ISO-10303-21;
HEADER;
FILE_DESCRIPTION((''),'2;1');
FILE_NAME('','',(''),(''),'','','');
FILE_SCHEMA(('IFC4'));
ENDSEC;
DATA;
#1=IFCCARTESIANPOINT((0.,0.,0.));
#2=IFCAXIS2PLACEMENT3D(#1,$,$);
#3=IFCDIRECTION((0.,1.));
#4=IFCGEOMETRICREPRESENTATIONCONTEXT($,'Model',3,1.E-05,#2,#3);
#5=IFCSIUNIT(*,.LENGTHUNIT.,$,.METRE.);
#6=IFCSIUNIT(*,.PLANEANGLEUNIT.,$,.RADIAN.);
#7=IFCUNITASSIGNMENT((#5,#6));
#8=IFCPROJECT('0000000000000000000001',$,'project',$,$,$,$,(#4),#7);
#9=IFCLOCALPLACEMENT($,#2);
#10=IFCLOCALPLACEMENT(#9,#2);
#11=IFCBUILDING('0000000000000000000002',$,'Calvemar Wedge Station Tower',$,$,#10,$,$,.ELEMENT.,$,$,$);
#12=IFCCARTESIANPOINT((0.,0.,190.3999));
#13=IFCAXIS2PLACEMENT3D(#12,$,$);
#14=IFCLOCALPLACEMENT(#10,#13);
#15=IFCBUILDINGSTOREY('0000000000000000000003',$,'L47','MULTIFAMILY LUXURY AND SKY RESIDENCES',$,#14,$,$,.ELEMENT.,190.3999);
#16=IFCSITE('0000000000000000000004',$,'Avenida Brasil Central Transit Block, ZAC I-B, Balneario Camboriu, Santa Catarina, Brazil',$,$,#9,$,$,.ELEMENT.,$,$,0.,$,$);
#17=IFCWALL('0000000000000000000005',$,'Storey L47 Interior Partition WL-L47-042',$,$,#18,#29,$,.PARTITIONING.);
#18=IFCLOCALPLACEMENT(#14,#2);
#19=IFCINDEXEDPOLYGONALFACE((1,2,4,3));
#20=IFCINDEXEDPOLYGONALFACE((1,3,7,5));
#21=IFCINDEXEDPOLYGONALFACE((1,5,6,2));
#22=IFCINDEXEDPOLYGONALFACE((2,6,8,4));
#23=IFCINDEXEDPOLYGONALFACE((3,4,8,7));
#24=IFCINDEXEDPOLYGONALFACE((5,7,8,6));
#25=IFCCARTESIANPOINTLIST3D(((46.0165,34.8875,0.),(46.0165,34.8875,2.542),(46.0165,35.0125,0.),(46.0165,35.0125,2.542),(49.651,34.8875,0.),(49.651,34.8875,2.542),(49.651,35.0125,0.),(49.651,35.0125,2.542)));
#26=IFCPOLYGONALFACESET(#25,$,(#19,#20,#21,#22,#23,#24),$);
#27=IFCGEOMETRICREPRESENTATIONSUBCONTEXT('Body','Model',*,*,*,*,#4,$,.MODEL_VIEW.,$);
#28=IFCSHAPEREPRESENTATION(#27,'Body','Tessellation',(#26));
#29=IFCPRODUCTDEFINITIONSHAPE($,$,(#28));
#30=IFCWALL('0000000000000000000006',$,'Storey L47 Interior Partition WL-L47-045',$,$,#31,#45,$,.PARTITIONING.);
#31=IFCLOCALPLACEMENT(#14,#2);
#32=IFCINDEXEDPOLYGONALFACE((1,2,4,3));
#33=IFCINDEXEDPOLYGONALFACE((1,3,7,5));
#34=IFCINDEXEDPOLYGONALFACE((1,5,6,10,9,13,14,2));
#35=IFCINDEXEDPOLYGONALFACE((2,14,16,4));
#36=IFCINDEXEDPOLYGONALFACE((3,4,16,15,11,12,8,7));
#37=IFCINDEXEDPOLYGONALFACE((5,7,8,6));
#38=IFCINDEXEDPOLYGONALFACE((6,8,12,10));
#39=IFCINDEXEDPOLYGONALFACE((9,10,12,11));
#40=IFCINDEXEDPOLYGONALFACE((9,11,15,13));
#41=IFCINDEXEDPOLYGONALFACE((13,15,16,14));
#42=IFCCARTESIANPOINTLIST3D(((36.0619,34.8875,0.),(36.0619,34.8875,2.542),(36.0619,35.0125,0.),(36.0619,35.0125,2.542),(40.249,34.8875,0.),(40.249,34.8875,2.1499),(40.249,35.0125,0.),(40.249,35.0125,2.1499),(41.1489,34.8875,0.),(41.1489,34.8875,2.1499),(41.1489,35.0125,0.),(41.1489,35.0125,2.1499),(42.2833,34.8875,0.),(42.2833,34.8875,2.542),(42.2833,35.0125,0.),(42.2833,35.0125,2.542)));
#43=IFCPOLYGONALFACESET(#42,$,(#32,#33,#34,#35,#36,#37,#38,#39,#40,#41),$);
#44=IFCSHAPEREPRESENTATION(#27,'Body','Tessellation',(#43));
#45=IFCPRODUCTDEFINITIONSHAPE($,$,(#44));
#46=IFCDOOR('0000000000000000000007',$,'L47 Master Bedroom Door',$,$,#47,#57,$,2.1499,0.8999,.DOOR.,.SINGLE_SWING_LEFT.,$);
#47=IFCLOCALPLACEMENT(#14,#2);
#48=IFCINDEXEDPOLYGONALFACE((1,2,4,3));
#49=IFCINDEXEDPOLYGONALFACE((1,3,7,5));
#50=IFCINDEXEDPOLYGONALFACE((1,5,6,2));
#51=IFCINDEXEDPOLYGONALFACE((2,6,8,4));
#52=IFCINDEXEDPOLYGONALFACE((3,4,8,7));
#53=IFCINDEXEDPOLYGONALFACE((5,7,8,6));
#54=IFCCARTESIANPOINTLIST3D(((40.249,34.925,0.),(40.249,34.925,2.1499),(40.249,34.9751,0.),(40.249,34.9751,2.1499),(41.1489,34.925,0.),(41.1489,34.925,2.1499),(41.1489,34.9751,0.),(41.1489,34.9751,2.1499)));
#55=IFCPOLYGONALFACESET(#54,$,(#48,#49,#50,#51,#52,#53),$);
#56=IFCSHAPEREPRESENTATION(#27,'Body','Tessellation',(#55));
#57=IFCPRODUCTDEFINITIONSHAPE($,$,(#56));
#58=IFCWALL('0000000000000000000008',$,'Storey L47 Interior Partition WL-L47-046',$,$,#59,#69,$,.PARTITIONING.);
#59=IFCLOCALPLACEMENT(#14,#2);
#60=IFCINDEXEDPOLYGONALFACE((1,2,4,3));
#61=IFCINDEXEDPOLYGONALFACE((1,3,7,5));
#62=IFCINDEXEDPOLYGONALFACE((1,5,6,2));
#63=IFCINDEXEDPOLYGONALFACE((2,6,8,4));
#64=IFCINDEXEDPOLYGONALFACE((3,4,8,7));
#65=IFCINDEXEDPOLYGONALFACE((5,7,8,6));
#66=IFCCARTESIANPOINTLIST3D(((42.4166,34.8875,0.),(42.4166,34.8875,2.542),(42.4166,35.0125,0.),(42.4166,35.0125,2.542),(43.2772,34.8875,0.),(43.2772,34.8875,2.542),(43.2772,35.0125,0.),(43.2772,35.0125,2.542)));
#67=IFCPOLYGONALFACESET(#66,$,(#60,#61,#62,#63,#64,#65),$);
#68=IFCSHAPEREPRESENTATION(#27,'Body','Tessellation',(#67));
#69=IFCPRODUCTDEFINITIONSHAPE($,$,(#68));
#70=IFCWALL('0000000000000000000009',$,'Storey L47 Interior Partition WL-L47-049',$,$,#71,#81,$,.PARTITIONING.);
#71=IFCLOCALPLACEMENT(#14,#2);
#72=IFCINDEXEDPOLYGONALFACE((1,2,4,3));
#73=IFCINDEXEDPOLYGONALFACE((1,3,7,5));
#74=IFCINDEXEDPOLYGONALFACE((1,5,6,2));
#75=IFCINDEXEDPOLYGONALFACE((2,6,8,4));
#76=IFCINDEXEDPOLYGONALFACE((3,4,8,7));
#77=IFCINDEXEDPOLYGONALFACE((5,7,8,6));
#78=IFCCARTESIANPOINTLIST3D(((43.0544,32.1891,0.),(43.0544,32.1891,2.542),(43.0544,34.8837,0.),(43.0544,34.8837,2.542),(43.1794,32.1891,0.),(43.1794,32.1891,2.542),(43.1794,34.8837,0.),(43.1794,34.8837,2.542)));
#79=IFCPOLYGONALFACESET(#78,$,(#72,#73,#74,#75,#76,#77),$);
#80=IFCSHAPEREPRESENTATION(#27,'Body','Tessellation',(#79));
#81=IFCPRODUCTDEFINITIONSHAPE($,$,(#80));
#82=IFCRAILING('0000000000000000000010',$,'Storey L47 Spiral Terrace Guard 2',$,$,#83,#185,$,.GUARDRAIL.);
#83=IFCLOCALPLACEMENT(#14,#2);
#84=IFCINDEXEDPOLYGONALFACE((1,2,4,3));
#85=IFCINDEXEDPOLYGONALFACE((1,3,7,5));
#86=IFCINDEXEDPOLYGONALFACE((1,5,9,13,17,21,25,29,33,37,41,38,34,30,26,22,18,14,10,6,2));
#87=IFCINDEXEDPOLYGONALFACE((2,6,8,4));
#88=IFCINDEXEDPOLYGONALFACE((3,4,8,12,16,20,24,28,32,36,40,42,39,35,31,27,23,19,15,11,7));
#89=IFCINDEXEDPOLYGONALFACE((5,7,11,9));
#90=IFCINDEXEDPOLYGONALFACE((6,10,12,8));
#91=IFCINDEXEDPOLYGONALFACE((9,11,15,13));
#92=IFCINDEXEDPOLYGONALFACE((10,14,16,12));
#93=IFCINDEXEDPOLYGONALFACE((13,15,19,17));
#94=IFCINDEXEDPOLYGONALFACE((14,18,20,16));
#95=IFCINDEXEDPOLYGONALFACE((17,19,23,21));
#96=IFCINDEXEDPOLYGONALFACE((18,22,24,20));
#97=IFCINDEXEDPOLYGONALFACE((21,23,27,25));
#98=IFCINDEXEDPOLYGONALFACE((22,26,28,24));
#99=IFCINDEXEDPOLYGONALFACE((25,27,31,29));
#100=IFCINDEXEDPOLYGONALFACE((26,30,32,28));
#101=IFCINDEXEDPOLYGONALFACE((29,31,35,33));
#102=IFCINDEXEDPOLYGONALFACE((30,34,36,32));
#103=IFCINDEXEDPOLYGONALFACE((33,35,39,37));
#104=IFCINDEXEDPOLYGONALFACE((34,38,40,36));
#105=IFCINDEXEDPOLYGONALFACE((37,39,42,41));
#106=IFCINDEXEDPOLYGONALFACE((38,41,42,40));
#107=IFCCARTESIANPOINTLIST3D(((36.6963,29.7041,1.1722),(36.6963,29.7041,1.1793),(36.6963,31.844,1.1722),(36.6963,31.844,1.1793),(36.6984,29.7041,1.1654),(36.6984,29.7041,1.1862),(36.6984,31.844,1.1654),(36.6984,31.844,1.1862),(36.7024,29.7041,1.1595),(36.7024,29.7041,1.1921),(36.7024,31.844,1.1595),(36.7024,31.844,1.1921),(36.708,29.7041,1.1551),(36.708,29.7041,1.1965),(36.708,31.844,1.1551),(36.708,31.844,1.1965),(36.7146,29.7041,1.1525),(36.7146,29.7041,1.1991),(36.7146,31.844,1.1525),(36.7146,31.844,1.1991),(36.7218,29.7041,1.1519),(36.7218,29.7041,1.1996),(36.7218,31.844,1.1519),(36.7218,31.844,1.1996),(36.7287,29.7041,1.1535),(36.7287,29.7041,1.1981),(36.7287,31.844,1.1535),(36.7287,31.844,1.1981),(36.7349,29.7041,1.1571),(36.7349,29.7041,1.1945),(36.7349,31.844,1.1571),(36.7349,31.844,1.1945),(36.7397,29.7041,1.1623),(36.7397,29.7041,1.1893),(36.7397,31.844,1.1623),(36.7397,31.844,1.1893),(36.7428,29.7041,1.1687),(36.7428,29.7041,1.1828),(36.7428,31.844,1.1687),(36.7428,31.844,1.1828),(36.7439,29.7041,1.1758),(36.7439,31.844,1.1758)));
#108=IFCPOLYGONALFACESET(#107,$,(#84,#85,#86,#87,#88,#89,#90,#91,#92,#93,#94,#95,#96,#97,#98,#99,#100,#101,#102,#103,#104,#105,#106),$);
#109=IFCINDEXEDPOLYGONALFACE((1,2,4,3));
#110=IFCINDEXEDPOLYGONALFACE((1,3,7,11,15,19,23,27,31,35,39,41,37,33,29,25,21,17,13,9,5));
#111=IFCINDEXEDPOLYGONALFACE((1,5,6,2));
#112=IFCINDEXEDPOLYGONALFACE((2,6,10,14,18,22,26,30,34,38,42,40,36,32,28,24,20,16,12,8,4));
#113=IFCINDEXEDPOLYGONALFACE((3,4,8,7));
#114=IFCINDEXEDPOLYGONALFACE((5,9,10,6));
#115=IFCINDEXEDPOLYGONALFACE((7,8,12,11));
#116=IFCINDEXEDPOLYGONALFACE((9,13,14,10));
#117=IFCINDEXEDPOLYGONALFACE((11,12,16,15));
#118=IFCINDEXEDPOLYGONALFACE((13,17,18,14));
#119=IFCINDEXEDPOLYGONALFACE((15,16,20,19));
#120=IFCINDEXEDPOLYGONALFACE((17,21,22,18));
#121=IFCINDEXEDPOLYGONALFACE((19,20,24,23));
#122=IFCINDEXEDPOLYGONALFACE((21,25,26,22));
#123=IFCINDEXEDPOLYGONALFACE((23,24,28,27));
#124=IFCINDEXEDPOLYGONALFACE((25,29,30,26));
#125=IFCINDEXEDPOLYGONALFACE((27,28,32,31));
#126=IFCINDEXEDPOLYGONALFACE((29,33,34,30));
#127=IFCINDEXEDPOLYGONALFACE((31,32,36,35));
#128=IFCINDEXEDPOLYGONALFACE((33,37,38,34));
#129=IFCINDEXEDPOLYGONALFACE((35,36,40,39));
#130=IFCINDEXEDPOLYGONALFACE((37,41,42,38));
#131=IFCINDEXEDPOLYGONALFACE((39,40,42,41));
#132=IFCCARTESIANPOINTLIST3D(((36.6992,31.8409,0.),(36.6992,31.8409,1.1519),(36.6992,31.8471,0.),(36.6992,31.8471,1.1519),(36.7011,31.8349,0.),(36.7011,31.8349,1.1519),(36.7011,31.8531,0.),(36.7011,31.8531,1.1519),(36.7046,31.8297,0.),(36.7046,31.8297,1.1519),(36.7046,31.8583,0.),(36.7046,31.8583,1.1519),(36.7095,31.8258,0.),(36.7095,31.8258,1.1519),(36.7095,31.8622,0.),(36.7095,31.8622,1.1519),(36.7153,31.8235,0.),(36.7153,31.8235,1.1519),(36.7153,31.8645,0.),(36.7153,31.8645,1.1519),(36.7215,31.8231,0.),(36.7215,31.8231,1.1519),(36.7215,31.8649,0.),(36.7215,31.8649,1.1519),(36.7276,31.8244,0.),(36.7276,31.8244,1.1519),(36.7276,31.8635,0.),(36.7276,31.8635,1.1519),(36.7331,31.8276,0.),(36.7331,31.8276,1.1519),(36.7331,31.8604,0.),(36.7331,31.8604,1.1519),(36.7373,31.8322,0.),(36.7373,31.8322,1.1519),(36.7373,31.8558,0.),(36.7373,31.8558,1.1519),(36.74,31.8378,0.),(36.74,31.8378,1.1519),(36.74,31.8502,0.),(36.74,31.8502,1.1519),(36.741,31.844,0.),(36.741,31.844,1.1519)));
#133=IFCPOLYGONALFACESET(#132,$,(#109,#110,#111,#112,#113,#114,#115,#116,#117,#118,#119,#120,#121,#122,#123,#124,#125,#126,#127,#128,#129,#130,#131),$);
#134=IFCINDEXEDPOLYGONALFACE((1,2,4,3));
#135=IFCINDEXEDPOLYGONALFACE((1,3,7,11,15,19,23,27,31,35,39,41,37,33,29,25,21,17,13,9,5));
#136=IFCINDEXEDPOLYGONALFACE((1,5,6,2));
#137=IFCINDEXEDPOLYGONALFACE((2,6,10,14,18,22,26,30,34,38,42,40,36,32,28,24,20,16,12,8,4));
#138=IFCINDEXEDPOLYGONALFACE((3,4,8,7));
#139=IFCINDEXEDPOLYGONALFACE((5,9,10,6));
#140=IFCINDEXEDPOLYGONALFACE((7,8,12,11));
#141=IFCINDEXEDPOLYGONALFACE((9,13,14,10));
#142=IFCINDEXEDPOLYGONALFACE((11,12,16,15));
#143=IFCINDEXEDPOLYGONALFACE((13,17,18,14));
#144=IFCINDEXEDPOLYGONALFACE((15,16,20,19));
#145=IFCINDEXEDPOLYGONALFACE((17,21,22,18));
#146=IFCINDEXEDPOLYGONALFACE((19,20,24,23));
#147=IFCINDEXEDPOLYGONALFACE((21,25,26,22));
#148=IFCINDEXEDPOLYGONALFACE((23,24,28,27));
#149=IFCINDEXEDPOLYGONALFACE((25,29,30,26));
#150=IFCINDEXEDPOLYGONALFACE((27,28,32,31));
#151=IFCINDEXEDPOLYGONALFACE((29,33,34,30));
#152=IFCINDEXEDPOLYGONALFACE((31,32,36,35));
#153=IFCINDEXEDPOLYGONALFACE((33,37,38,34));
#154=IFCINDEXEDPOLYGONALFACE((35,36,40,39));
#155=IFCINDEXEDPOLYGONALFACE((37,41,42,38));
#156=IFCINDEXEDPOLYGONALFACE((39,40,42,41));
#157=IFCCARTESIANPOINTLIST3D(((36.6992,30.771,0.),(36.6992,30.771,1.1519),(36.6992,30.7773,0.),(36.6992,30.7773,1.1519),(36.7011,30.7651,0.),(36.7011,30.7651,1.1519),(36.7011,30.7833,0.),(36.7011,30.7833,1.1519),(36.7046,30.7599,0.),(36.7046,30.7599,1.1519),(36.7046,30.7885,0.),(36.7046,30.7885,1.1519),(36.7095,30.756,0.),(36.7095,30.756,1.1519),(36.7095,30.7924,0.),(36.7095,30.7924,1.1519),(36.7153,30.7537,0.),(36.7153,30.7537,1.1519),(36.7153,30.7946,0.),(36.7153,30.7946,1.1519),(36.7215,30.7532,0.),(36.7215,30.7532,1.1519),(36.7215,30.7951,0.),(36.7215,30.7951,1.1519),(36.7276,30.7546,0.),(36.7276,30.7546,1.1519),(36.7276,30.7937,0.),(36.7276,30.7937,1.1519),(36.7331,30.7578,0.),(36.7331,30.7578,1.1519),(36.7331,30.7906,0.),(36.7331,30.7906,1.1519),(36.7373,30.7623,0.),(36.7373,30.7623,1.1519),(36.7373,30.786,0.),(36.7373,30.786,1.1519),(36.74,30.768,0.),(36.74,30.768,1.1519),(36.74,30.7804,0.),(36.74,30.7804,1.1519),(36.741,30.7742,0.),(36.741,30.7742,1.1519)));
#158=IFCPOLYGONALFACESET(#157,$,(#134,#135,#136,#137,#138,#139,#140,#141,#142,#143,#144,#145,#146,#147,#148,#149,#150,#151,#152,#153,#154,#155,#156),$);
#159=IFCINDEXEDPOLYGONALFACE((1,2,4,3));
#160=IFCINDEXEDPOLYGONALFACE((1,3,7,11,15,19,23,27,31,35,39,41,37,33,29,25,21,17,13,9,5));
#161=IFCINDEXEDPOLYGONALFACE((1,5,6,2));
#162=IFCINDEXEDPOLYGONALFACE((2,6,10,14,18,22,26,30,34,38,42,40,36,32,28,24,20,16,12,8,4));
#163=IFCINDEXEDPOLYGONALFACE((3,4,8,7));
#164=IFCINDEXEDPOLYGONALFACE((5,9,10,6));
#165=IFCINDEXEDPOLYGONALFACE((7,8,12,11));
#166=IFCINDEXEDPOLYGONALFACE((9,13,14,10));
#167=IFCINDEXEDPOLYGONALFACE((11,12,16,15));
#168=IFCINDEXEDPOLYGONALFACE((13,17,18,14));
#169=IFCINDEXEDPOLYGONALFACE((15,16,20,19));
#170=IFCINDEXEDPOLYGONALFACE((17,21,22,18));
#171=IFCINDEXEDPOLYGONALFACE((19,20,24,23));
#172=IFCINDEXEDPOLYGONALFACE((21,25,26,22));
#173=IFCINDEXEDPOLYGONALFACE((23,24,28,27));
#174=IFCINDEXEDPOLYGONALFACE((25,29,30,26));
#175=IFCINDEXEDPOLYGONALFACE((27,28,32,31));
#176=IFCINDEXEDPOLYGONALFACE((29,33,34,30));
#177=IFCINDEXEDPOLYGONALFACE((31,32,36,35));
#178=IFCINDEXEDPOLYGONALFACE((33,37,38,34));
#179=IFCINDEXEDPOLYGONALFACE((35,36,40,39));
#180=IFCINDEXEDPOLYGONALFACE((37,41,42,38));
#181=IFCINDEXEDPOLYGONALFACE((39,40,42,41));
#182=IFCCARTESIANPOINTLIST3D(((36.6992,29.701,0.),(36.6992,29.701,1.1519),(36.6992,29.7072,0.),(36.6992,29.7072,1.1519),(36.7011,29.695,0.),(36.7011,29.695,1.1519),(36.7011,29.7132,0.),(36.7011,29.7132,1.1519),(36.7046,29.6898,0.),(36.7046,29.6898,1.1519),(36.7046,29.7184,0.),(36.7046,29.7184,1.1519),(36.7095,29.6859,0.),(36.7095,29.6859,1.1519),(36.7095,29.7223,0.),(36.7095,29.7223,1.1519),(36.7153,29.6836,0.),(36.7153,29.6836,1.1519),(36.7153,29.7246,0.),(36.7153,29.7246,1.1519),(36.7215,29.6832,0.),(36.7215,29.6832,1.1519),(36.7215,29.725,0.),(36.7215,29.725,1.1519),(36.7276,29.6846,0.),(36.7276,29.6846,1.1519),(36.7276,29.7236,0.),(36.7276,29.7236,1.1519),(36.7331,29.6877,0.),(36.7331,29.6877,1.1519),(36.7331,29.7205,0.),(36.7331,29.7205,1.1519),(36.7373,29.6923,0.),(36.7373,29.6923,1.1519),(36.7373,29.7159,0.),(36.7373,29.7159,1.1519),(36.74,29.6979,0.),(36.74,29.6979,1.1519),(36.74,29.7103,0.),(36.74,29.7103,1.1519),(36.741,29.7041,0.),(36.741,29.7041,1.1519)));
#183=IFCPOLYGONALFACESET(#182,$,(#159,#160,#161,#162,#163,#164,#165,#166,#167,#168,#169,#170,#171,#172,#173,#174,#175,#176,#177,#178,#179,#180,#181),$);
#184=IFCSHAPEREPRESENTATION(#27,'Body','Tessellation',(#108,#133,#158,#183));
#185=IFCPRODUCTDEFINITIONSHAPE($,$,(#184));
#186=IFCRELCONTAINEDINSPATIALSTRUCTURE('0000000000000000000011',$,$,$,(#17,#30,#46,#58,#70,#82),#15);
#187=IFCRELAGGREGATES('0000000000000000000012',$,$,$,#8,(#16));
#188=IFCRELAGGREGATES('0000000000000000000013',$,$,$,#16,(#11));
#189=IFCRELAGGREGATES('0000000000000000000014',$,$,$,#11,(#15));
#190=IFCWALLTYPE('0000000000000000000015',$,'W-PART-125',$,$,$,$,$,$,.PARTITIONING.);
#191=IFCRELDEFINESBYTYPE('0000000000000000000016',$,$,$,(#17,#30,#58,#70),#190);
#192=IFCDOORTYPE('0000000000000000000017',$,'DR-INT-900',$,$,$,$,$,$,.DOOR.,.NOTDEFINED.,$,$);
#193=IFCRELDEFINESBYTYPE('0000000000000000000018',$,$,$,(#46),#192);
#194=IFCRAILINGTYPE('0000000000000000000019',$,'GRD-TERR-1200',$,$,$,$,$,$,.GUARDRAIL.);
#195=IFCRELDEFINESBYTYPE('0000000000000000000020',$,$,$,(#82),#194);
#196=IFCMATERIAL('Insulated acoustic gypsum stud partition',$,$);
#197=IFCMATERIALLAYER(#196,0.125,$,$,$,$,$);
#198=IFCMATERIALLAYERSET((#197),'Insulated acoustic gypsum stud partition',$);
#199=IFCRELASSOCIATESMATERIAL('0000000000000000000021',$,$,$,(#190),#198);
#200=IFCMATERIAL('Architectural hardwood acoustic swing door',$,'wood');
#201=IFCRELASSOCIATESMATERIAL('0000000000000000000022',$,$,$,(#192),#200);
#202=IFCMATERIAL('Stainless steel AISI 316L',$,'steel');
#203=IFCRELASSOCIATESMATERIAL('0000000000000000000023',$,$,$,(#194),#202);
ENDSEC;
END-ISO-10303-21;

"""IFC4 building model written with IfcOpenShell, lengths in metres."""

from ifc_helpers import new_model, si_unit, direction, frame, frame_2d, origin, origin_2d, place, context, subcontext, project, spatial, rectangle, circle, extrude, source, transform, mapped, material, layer, layer_set, type_object, element, fill, save


model = new_model("IFC4")

# Units and contexts
model_context = context("Model", 3, precision=1e-05, world=origin(), true_north=direction((0.0, 1.0)))
body_context = subcontext(model_context, "Body", "Model", "MODEL_VIEW")
ifc_project = project(units=[si_unit("LENGTHUNIT", "METRE"), si_unit("PLANEANGLEUNIT", "RADIAN")], contexts=[model_context])

# Site, building, storey
site_placement = place(None, origin())
site = spatial("IfcSite", under=ifc_project, at=site_placement, Name="Avenida Brasil Central Transit Block, ZAC I-B, Balneario Camboriu, Santa Catarina, Brazil", CompositionType="ELEMENT", RefElevation=0.0)
building_placement = place(site_placement, origin())
building = spatial("IfcBuilding", under=site, at=building_placement, Name="Calvemar Wedge Station Tower", CompositionType="ELEMENT")
storey_placement = place(building_placement, frame((0.0, 0.0, 190.3999)))
storey = spatial("IfcBuildingStorey", under=building, at=storey_placement, Name="L47", Description="MULTIFAMILY LUXURY AND SKY RESIDENCES", CompositionType="ELEMENT", Elevation=190.3999)

# Shared definitions
ifc_material_1 = material(Name="Insulated acoustic gypsum stud partition")
ifc_layer_1 = layer(ifc_material_1, 0.125)
ifc_layer_set_1 = layer_set([ifc_layer_1], Name="Insulated acoustic gypsum stud partition")
wall_type_1 = type_object("IfcWallType", Name="W-PART-125", PredefinedType="PARTITIONING", material=ifc_layer_set_1)
shared_shape_1 = source(origin(), body_context, "Body", "SweptSolid", [
    extrude(rectangle(XDim=0.8999, YDim=2.1499, at=frame_2d((0.45, 1.075))), frame((0.0, 0.0725, 0.0), z_axis=(0.0, -1.0, 0.0), x_axis=(1.0, 0.0, 0.0)), (0.0, 0.0, 1.0), 0.145),
])
ifc_material_2 = material(Name="Architectural hardwood acoustic swing door", Category="wood")
door_type_1 = type_object("IfcDoorType", Name="DR-INT-900", OperationType="NOTDEFINED", PredefinedType="DOOR", material=ifc_material_2)
shared_shape_2 = source(origin(), body_context, "Body", "SweptSolid", [
    extrude(rectangle(XDim=0.8999, YDim=2.1499, at=frame_2d((0.45, 1.075))), frame((0.0, 0.0249, 0.0), z_axis=(0.0, -1.0, 0.0), x_axis=(1.0, 0.0, 0.0)), (0.0, 0.0, 1.0), 0.05),
])

# Wall
wall_1_placement = place(storey_placement, frame((49.6511, 34.95, 0.0), z_axis=(0.0, 0.0, 1.0), x_axis=(-1.0, 0.0, 0.0)))
element("IfcWall", 1, at=wall_1_placement, inside=storey, type_object=wall_type_1, Name="Storey L47 Interior Partition WL-L47-042", PredefinedType="PARTITIONING", context=body_context, shape_type="SweptSolid", body=[
    extrude(rectangle(XDim=3.6345, YDim=0.125, at=frame_2d((1.8174, 0.0))), origin(), (0.0, 0.0, 1.0), 2.542),
])

# Wall, opening, door
wall_2_placement = place(storey_placement, frame((42.2834, 34.95, 0.0), z_axis=(0.0, 0.0, 1.0), x_axis=(-1.0, 0.0, 0.0)))
wall_2 = element("IfcWall", 2, at=wall_2_placement, inside=storey, type_object=wall_type_1, Name="Storey L47 Interior Partition WL-L47-045", PredefinedType="PARTITIONING", context=body_context, shape_type="SweptSolid", body=[
    extrude(rectangle(XDim=6.2214, YDim=0.125, at=frame_2d((3.1108, 0.0))), origin(), (0.0, 0.0, 1.0), 2.542),
])
opening_1_placement = place(wall_2_placement, frame((1.1345, 0.0, 0.0)))
opening_1 = element("IfcOpeningElement", 3, at=opening_1_placement, cuts=wall_2, PredefinedType="OPENING", context=body_context, shape_type="MappedRepresentation", body=[
    mapped(shared_shape_1, transform((0.0, 0.0, 0.0), scale=1.0)),
])
door_1_placement = place(opening_1_placement, origin())
door_1 = element("IfcDoor", 4, at=door_1_placement, inside=storey, type_object=door_type_1, Name="L47 Master Bedroom Door", OperationType="SINGLE_SWING_LEFT", OverallHeight=2.1499, OverallWidth=0.8999, PredefinedType="DOOR", context=body_context, shape_type="MappedRepresentation", body=[
    mapped(shared_shape_2, transform((0.0, 0.0, 0.0), scale=1.0)),
])
fill(opening_1, door_1)

# Wall
wall_3_placement = place(storey_placement, frame((43.2771, 34.95, 0.0), z_axis=(0.0, 0.0, 1.0), x_axis=(-1.0, 0.0, 0.0)))
element("IfcWall", 5, at=wall_3_placement, inside=storey, type_object=wall_type_1, Name="Storey L47 Interior Partition WL-L47-046", PredefinedType="PARTITIONING", context=body_context, shape_type="SweptSolid", body=[
    extrude(rectangle(XDim=0.8606, YDim=0.125, at=frame_2d((0.4302, 0.0))), origin(), (0.0, 0.0, 1.0), 2.542),
])

# Wall
wall_4_placement = place(storey_placement, frame((43.1169, 34.8835, 0.0), z_axis=(0.0, 0.0, 1.0), x_axis=(0.0, -1.0, 0.0)))
element("IfcWall", 6, at=wall_4_placement, inside=storey, type_object=wall_type_1, Name="Storey L47 Interior Partition WL-L47-049", PredefinedType="PARTITIONING", context=body_context, shape_type="SweptSolid", body=[
    extrude(rectangle(XDim=2.6946, YDim=0.125, at=frame_2d((1.3472, 0.0))), origin(), (0.0, 0.0, 1.0), 2.542),
])

# Railing
ifc_material_3 = material(Name="Stainless steel AISI 316L", Category="steel")
railing_type = type_object("IfcRailingType", Name="GRD-TERR-1200", PredefinedType="GUARDRAIL", material=ifc_material_3)
railing_1_placement = place(storey_placement, frame((36.72, 31.844, 0.0)))
element("IfcRailing", 7, at=railing_1_placement, inside=storey, type_object=railing_type, Name="Storey L47 Spiral Terrace Guard 2", PredefinedType="GUARDRAIL", context=body_context, shape_type="SweptSolid", body=[
    extrude(circle(Radius=0.0239, at=origin_2d()), frame((0.0, 0.0, 1.1758), z_axis=(0.0, -1.0, 0.0), x_axis=(1.0, 0.0, 0.0)), (0.0, 0.0, 1.0), 2.1399),
    extrude(circle(Radius=0.021, at=origin_2d()), origin(), (0.0, 0.0, 1.0), 1.1519),
    extrude(circle(Radius=0.021, at=origin_2d()), frame((0.0, -1.0698, 0.0)), (0.0, 0.0, 1.0), 1.1519),
    extrude(circle(Radius=0.021, at=origin_2d()), frame((0.0, -2.1399, 0.0)), (0.0, 0.0, 1.0), 1.1519),
])

save(model, "model.ifc")
